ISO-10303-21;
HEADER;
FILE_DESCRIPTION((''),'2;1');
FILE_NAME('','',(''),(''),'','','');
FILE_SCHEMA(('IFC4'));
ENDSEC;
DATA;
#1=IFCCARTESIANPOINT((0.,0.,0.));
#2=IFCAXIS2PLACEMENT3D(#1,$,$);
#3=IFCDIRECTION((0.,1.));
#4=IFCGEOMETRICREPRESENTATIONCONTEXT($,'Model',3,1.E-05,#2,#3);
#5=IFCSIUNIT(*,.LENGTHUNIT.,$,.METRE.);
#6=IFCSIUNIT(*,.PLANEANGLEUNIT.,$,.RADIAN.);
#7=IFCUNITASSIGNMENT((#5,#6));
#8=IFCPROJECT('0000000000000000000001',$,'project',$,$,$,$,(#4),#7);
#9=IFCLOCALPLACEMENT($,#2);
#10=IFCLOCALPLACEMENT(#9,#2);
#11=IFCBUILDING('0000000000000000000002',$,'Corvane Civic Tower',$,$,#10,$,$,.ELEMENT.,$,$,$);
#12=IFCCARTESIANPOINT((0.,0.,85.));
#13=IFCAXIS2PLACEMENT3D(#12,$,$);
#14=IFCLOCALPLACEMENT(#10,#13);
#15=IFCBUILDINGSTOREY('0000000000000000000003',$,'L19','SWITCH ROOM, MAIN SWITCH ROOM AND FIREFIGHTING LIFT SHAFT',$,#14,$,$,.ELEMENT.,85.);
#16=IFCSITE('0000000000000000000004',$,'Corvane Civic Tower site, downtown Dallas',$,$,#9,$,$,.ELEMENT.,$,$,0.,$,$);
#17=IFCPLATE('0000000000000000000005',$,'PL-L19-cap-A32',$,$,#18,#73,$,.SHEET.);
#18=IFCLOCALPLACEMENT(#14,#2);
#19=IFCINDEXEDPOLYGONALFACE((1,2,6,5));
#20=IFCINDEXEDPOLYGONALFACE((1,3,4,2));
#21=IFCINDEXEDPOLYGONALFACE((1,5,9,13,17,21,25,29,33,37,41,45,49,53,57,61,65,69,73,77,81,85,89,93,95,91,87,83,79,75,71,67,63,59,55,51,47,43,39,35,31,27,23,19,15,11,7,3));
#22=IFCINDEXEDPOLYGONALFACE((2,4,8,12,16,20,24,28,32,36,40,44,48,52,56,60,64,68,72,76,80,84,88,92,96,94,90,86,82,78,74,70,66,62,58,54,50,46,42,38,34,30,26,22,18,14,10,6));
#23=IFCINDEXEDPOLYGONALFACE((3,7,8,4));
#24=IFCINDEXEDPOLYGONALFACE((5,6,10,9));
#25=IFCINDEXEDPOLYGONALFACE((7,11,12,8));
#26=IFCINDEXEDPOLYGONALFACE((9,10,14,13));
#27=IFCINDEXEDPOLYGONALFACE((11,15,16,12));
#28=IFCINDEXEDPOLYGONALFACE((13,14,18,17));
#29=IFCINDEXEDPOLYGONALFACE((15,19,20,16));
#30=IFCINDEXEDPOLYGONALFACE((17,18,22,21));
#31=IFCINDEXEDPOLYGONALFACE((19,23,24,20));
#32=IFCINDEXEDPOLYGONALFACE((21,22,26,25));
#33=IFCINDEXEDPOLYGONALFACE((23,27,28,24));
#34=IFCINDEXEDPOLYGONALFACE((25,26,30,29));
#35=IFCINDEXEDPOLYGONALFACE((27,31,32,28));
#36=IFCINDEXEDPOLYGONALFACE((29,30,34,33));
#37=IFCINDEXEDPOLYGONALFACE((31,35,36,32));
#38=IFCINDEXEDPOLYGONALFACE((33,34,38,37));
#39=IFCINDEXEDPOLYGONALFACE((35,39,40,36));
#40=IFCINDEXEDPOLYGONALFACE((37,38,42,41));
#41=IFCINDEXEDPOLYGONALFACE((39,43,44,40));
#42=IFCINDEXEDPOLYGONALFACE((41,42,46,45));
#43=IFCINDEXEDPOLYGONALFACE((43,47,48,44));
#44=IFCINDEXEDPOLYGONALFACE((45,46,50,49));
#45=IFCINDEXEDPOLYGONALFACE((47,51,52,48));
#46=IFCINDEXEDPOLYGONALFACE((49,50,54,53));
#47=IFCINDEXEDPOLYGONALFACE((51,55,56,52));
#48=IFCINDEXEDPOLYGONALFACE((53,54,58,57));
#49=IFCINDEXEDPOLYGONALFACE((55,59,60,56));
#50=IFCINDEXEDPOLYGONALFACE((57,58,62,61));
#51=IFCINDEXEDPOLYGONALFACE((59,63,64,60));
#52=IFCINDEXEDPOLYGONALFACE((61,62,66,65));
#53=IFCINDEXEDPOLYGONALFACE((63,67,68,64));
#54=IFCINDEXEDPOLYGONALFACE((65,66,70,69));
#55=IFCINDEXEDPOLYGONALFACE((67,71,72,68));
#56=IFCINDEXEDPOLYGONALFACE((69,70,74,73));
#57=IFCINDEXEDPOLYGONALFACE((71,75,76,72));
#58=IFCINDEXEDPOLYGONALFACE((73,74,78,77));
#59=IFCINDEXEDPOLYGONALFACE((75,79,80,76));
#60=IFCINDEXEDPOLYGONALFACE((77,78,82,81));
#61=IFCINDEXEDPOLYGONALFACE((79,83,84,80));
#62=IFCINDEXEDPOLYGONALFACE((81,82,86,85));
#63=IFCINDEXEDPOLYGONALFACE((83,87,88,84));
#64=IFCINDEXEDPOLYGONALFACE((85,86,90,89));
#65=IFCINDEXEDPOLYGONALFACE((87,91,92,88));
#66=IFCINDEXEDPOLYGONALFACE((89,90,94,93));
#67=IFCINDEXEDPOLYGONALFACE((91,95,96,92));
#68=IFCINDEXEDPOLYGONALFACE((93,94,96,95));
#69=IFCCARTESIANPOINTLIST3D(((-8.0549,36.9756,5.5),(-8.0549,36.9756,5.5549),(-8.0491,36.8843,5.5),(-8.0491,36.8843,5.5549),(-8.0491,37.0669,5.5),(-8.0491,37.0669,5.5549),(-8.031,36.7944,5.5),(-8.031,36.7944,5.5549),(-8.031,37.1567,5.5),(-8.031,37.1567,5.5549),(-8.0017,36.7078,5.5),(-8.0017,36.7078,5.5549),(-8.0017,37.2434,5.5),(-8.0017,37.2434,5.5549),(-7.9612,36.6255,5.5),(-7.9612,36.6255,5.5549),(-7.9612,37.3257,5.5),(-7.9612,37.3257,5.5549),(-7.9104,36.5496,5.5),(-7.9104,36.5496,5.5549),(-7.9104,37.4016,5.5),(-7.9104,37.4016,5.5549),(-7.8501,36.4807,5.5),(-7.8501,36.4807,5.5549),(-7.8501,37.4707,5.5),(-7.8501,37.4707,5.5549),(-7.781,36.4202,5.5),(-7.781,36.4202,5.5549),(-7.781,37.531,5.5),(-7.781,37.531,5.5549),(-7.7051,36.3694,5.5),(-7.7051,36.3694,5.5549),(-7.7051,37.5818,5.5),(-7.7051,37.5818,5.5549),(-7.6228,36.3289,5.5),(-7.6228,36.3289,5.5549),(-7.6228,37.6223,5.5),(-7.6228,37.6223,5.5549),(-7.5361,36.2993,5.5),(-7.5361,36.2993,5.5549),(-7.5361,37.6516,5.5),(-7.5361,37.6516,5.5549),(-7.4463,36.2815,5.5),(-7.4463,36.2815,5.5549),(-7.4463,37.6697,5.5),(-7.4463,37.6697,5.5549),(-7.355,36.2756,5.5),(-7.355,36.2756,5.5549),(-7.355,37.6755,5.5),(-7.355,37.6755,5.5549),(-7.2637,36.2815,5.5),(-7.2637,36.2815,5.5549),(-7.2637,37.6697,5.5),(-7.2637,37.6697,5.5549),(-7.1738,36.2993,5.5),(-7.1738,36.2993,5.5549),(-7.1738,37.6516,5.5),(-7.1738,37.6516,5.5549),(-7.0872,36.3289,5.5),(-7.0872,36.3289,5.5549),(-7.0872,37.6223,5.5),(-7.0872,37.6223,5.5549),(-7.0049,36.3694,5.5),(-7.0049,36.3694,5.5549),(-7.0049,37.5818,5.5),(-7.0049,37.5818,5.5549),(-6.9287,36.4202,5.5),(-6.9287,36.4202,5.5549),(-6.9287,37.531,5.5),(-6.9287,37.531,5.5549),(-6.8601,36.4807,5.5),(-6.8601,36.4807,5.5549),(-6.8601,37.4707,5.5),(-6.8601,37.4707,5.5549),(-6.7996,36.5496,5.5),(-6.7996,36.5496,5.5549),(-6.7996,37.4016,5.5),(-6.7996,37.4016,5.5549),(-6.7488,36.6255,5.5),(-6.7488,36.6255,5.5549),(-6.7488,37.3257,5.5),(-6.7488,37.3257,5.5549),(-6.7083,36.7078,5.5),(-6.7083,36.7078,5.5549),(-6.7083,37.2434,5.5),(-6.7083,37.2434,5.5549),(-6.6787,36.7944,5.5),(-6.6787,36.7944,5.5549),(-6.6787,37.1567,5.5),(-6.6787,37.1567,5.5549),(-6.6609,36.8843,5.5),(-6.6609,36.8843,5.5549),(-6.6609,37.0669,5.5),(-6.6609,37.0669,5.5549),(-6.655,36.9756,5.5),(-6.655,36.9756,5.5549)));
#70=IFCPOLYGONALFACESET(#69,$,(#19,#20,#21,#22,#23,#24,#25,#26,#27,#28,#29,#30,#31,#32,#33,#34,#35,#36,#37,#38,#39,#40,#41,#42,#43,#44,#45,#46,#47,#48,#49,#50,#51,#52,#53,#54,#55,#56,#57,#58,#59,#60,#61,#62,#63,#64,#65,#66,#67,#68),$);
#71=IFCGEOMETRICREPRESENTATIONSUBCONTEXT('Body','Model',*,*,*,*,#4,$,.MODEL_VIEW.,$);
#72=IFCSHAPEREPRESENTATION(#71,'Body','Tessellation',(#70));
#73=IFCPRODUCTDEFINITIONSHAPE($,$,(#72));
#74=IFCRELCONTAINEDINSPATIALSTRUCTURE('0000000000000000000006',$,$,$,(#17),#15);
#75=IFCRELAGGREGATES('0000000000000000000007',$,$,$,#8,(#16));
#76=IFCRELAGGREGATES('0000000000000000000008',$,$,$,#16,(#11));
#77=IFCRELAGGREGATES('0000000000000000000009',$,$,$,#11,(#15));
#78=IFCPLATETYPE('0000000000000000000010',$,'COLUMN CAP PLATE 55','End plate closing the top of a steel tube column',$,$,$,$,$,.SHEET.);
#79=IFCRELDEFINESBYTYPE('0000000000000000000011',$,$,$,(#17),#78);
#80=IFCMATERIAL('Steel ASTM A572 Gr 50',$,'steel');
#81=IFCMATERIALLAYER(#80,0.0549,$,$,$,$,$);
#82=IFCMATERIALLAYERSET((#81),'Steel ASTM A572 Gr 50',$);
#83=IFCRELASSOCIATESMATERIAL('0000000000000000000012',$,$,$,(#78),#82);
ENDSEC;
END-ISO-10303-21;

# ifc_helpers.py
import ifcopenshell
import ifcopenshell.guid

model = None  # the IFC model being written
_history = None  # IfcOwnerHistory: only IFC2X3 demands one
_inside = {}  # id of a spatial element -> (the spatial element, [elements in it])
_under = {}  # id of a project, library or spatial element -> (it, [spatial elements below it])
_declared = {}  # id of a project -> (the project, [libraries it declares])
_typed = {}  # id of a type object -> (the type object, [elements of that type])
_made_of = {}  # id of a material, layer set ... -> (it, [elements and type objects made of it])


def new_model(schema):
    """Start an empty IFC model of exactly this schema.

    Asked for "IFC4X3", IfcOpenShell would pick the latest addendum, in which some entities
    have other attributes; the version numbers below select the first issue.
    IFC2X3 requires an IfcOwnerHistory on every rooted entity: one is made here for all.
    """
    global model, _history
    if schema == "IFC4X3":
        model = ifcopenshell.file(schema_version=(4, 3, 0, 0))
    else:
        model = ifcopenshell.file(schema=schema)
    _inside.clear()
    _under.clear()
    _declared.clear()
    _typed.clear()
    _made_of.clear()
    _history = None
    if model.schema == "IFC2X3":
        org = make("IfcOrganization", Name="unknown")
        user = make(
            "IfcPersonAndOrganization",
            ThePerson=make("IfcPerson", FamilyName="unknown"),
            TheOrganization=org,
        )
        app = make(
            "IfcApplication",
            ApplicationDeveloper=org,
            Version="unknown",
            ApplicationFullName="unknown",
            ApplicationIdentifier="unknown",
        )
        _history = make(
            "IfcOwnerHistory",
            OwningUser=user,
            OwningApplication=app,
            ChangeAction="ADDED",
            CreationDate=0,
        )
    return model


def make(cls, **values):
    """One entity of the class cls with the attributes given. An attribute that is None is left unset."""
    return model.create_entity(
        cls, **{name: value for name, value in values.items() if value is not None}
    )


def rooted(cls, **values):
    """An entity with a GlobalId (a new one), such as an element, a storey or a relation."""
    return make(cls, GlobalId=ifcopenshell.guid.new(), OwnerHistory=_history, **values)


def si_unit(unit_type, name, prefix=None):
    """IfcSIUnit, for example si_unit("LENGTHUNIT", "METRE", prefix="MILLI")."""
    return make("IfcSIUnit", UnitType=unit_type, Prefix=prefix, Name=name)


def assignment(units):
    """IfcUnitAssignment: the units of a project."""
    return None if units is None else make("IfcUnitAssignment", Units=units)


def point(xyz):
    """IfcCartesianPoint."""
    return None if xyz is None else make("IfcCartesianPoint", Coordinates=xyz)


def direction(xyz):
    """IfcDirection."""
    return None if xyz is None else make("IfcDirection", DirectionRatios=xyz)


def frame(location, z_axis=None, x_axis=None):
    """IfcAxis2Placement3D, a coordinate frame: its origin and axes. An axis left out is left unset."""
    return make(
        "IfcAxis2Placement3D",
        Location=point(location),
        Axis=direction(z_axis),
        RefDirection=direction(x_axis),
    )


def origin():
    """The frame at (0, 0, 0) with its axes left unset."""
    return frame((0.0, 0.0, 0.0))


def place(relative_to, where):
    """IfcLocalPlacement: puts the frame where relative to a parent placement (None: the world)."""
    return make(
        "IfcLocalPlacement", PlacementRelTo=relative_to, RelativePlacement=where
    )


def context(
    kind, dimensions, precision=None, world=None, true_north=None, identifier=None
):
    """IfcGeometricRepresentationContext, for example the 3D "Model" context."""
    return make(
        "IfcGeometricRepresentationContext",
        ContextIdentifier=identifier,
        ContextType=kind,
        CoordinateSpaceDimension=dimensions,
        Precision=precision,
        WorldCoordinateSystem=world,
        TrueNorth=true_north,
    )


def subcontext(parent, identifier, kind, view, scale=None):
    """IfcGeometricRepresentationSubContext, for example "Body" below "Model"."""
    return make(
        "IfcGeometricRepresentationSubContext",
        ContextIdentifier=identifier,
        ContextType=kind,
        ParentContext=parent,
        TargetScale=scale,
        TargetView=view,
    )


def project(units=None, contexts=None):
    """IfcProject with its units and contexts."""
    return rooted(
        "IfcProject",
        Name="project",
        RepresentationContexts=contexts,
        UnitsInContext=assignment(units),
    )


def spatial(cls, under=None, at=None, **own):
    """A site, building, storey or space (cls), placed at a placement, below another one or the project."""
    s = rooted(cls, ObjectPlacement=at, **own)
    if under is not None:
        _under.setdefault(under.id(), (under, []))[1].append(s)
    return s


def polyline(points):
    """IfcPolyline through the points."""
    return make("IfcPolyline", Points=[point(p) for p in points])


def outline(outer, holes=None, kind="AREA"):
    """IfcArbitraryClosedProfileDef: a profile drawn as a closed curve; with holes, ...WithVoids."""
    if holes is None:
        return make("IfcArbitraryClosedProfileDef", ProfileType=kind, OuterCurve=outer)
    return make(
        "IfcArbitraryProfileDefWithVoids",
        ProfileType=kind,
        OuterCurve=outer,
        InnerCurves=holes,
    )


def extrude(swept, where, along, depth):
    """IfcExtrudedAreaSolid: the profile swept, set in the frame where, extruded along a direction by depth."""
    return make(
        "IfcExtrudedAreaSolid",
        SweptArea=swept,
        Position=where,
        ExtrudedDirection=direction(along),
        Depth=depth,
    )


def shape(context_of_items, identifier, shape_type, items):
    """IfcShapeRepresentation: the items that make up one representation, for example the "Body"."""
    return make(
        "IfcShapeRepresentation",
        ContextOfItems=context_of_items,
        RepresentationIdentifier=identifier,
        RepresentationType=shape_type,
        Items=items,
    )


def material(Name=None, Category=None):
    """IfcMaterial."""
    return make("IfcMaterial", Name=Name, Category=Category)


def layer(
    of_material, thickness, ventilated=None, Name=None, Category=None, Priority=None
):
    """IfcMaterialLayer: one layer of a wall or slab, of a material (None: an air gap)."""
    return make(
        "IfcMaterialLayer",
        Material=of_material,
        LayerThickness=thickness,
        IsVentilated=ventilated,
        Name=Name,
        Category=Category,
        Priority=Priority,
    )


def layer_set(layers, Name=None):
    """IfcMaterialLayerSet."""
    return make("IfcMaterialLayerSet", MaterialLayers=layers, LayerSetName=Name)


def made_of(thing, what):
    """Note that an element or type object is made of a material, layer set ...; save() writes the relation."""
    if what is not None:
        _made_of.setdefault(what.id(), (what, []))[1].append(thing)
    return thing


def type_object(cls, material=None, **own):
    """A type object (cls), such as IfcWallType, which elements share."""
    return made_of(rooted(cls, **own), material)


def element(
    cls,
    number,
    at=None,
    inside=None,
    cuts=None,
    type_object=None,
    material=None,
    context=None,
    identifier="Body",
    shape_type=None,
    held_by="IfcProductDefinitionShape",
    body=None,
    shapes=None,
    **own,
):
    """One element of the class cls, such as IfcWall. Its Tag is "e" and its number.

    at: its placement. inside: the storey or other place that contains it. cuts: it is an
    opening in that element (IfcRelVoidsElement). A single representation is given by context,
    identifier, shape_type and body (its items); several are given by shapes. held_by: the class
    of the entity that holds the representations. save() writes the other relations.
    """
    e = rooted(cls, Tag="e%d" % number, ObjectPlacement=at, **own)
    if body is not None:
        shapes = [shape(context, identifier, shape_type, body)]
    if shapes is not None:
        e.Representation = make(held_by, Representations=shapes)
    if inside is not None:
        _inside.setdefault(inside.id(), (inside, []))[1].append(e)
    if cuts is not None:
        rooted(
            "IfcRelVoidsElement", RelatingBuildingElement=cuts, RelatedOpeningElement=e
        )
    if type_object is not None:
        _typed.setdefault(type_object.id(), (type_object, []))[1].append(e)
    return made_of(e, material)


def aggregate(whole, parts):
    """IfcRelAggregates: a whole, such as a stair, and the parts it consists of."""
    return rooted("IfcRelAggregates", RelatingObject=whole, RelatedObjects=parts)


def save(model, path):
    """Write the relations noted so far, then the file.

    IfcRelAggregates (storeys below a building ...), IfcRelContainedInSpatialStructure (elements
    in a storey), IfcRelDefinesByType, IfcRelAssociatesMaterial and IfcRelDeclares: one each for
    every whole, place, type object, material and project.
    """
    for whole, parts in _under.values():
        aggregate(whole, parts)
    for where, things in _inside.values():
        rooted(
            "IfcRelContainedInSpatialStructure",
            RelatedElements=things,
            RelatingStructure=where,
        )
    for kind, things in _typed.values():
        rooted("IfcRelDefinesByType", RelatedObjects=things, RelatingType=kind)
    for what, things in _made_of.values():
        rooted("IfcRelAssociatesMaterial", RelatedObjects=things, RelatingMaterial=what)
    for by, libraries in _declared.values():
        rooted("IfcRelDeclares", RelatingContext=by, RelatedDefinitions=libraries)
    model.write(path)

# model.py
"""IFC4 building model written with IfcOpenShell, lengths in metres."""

from ifc_helpers import new_model, si_unit, direction, frame, origin, place, context, subcontext, project, spatial, polyline, outline, extrude, material, layer, layer_set, type_object, element, save


model = new_model("IFC4")

# Units and contexts
model_context = context("Model", 3, precision=1e-05, world=origin(), true_north=direction((0.0, 1.0)))
body_context = subcontext(model_context, "Body", "Model", "MODEL_VIEW")
ifc_project = project(units=[si_unit("LENGTHUNIT", "METRE"), si_unit("PLANEANGLEUNIT", "RADIAN")], contexts=[model_context])

# Site, building, storey
site_placement = place(None, origin())
site = spatial("IfcSite", under=ifc_project, at=site_placement, Name="Corvane Civic Tower site, downtown Dallas", CompositionType="ELEMENT", RefElevation=0.0)
building_placement = place(site_placement, origin())
building = spatial("IfcBuilding", under=site, at=building_placement, Name="Corvane Civic Tower", CompositionType="ELEMENT")
storey_placement = place(building_placement, frame((0.0, 0.0, 85.0)))
storey = spatial("IfcBuildingStorey", under=building, at=storey_placement, Name="L19", Description="SWITCH ROOM, MAIN SWITCH ROOM AND FIREFIGHTING LIFT SHAFT", CompositionType="ELEMENT", Elevation=85.0)

# Plate
ifc_material_1 = material(Name="Steel ASTM A572 Gr 50", Category="steel")
ifc_layer_1 = layer(ifc_material_1, 0.0549)
ifc_layer_set_1 = layer_set([ifc_layer_1], Name="Steel ASTM A572 Gr 50")
plate_type = type_object("IfcPlateType", Name="COLUMN CAP PLATE 55", Description="End plate closing the top of a steel tube column", PredefinedType="SHEET", material=ifc_layer_set_1)
plate_1_placement = place(storey_placement, frame((0.0, 0.0, 5.5)))
element("IfcPlate", 1, at=plate_1_placement, inside=storey, type_object=plate_type, Name="PL-L19-cap-A32", PredefinedType="SHEET", context=body_context, shape_type="SweptSolid", body=[
    extrude(outline(polyline([(-6.655, 36.9756), (-6.6609, 37.0669), (-6.6787, 37.1567), (-6.7083, 37.2434), (-6.7488, 37.3257), (-6.7996, 37.4016), (-6.8601, 37.4707), (-6.9287, 37.531), (-7.0049, 37.5818), (-7.0872, 37.6223), (-7.1738, 37.6516), (-7.2637, 37.6697), (-7.355, 37.6755), (-7.4463, 37.6697), (-7.5361, 37.6516), (-7.6228, 37.6223), (-7.7051, 37.5818), (-7.781, 37.531), (-7.8501, 37.4707), (-7.9104, 37.4016), (-7.9612, 37.3257), (-8.0017, 37.2434), (-8.031, 37.1567), (-8.0491, 37.0669), (-8.0549, 36.9756), (-8.0491, 36.8843), (-8.031, 36.7944), (-8.0017, 36.7078), (-7.9612, 36.6255), (-7.9104, 36.5496), (-7.8501, 36.4807), (-7.781, 36.4202), (-7.7051, 36.3694), (-7.6228, 36.3289), (-7.5361, 36.2993), (-7.4463, 36.2815), (-7.355, 36.2756), (-7.2637, 36.2815), (-7.1738, 36.2993), (-7.0872, 36.3289), (-7.0049, 36.3694), (-6.9287, 36.4202), (-6.8601, 36.4807), (-6.7996, 36.5496), (-6.7488, 36.6255), (-6.7083, 36.7078), (-6.6787, 36.7944), (-6.6609, 36.8843), (-6.655, 36.9756)])), origin(), (0.0, 0.0, 1.0), 0.0549),
])

save(model, "model.ifc")
